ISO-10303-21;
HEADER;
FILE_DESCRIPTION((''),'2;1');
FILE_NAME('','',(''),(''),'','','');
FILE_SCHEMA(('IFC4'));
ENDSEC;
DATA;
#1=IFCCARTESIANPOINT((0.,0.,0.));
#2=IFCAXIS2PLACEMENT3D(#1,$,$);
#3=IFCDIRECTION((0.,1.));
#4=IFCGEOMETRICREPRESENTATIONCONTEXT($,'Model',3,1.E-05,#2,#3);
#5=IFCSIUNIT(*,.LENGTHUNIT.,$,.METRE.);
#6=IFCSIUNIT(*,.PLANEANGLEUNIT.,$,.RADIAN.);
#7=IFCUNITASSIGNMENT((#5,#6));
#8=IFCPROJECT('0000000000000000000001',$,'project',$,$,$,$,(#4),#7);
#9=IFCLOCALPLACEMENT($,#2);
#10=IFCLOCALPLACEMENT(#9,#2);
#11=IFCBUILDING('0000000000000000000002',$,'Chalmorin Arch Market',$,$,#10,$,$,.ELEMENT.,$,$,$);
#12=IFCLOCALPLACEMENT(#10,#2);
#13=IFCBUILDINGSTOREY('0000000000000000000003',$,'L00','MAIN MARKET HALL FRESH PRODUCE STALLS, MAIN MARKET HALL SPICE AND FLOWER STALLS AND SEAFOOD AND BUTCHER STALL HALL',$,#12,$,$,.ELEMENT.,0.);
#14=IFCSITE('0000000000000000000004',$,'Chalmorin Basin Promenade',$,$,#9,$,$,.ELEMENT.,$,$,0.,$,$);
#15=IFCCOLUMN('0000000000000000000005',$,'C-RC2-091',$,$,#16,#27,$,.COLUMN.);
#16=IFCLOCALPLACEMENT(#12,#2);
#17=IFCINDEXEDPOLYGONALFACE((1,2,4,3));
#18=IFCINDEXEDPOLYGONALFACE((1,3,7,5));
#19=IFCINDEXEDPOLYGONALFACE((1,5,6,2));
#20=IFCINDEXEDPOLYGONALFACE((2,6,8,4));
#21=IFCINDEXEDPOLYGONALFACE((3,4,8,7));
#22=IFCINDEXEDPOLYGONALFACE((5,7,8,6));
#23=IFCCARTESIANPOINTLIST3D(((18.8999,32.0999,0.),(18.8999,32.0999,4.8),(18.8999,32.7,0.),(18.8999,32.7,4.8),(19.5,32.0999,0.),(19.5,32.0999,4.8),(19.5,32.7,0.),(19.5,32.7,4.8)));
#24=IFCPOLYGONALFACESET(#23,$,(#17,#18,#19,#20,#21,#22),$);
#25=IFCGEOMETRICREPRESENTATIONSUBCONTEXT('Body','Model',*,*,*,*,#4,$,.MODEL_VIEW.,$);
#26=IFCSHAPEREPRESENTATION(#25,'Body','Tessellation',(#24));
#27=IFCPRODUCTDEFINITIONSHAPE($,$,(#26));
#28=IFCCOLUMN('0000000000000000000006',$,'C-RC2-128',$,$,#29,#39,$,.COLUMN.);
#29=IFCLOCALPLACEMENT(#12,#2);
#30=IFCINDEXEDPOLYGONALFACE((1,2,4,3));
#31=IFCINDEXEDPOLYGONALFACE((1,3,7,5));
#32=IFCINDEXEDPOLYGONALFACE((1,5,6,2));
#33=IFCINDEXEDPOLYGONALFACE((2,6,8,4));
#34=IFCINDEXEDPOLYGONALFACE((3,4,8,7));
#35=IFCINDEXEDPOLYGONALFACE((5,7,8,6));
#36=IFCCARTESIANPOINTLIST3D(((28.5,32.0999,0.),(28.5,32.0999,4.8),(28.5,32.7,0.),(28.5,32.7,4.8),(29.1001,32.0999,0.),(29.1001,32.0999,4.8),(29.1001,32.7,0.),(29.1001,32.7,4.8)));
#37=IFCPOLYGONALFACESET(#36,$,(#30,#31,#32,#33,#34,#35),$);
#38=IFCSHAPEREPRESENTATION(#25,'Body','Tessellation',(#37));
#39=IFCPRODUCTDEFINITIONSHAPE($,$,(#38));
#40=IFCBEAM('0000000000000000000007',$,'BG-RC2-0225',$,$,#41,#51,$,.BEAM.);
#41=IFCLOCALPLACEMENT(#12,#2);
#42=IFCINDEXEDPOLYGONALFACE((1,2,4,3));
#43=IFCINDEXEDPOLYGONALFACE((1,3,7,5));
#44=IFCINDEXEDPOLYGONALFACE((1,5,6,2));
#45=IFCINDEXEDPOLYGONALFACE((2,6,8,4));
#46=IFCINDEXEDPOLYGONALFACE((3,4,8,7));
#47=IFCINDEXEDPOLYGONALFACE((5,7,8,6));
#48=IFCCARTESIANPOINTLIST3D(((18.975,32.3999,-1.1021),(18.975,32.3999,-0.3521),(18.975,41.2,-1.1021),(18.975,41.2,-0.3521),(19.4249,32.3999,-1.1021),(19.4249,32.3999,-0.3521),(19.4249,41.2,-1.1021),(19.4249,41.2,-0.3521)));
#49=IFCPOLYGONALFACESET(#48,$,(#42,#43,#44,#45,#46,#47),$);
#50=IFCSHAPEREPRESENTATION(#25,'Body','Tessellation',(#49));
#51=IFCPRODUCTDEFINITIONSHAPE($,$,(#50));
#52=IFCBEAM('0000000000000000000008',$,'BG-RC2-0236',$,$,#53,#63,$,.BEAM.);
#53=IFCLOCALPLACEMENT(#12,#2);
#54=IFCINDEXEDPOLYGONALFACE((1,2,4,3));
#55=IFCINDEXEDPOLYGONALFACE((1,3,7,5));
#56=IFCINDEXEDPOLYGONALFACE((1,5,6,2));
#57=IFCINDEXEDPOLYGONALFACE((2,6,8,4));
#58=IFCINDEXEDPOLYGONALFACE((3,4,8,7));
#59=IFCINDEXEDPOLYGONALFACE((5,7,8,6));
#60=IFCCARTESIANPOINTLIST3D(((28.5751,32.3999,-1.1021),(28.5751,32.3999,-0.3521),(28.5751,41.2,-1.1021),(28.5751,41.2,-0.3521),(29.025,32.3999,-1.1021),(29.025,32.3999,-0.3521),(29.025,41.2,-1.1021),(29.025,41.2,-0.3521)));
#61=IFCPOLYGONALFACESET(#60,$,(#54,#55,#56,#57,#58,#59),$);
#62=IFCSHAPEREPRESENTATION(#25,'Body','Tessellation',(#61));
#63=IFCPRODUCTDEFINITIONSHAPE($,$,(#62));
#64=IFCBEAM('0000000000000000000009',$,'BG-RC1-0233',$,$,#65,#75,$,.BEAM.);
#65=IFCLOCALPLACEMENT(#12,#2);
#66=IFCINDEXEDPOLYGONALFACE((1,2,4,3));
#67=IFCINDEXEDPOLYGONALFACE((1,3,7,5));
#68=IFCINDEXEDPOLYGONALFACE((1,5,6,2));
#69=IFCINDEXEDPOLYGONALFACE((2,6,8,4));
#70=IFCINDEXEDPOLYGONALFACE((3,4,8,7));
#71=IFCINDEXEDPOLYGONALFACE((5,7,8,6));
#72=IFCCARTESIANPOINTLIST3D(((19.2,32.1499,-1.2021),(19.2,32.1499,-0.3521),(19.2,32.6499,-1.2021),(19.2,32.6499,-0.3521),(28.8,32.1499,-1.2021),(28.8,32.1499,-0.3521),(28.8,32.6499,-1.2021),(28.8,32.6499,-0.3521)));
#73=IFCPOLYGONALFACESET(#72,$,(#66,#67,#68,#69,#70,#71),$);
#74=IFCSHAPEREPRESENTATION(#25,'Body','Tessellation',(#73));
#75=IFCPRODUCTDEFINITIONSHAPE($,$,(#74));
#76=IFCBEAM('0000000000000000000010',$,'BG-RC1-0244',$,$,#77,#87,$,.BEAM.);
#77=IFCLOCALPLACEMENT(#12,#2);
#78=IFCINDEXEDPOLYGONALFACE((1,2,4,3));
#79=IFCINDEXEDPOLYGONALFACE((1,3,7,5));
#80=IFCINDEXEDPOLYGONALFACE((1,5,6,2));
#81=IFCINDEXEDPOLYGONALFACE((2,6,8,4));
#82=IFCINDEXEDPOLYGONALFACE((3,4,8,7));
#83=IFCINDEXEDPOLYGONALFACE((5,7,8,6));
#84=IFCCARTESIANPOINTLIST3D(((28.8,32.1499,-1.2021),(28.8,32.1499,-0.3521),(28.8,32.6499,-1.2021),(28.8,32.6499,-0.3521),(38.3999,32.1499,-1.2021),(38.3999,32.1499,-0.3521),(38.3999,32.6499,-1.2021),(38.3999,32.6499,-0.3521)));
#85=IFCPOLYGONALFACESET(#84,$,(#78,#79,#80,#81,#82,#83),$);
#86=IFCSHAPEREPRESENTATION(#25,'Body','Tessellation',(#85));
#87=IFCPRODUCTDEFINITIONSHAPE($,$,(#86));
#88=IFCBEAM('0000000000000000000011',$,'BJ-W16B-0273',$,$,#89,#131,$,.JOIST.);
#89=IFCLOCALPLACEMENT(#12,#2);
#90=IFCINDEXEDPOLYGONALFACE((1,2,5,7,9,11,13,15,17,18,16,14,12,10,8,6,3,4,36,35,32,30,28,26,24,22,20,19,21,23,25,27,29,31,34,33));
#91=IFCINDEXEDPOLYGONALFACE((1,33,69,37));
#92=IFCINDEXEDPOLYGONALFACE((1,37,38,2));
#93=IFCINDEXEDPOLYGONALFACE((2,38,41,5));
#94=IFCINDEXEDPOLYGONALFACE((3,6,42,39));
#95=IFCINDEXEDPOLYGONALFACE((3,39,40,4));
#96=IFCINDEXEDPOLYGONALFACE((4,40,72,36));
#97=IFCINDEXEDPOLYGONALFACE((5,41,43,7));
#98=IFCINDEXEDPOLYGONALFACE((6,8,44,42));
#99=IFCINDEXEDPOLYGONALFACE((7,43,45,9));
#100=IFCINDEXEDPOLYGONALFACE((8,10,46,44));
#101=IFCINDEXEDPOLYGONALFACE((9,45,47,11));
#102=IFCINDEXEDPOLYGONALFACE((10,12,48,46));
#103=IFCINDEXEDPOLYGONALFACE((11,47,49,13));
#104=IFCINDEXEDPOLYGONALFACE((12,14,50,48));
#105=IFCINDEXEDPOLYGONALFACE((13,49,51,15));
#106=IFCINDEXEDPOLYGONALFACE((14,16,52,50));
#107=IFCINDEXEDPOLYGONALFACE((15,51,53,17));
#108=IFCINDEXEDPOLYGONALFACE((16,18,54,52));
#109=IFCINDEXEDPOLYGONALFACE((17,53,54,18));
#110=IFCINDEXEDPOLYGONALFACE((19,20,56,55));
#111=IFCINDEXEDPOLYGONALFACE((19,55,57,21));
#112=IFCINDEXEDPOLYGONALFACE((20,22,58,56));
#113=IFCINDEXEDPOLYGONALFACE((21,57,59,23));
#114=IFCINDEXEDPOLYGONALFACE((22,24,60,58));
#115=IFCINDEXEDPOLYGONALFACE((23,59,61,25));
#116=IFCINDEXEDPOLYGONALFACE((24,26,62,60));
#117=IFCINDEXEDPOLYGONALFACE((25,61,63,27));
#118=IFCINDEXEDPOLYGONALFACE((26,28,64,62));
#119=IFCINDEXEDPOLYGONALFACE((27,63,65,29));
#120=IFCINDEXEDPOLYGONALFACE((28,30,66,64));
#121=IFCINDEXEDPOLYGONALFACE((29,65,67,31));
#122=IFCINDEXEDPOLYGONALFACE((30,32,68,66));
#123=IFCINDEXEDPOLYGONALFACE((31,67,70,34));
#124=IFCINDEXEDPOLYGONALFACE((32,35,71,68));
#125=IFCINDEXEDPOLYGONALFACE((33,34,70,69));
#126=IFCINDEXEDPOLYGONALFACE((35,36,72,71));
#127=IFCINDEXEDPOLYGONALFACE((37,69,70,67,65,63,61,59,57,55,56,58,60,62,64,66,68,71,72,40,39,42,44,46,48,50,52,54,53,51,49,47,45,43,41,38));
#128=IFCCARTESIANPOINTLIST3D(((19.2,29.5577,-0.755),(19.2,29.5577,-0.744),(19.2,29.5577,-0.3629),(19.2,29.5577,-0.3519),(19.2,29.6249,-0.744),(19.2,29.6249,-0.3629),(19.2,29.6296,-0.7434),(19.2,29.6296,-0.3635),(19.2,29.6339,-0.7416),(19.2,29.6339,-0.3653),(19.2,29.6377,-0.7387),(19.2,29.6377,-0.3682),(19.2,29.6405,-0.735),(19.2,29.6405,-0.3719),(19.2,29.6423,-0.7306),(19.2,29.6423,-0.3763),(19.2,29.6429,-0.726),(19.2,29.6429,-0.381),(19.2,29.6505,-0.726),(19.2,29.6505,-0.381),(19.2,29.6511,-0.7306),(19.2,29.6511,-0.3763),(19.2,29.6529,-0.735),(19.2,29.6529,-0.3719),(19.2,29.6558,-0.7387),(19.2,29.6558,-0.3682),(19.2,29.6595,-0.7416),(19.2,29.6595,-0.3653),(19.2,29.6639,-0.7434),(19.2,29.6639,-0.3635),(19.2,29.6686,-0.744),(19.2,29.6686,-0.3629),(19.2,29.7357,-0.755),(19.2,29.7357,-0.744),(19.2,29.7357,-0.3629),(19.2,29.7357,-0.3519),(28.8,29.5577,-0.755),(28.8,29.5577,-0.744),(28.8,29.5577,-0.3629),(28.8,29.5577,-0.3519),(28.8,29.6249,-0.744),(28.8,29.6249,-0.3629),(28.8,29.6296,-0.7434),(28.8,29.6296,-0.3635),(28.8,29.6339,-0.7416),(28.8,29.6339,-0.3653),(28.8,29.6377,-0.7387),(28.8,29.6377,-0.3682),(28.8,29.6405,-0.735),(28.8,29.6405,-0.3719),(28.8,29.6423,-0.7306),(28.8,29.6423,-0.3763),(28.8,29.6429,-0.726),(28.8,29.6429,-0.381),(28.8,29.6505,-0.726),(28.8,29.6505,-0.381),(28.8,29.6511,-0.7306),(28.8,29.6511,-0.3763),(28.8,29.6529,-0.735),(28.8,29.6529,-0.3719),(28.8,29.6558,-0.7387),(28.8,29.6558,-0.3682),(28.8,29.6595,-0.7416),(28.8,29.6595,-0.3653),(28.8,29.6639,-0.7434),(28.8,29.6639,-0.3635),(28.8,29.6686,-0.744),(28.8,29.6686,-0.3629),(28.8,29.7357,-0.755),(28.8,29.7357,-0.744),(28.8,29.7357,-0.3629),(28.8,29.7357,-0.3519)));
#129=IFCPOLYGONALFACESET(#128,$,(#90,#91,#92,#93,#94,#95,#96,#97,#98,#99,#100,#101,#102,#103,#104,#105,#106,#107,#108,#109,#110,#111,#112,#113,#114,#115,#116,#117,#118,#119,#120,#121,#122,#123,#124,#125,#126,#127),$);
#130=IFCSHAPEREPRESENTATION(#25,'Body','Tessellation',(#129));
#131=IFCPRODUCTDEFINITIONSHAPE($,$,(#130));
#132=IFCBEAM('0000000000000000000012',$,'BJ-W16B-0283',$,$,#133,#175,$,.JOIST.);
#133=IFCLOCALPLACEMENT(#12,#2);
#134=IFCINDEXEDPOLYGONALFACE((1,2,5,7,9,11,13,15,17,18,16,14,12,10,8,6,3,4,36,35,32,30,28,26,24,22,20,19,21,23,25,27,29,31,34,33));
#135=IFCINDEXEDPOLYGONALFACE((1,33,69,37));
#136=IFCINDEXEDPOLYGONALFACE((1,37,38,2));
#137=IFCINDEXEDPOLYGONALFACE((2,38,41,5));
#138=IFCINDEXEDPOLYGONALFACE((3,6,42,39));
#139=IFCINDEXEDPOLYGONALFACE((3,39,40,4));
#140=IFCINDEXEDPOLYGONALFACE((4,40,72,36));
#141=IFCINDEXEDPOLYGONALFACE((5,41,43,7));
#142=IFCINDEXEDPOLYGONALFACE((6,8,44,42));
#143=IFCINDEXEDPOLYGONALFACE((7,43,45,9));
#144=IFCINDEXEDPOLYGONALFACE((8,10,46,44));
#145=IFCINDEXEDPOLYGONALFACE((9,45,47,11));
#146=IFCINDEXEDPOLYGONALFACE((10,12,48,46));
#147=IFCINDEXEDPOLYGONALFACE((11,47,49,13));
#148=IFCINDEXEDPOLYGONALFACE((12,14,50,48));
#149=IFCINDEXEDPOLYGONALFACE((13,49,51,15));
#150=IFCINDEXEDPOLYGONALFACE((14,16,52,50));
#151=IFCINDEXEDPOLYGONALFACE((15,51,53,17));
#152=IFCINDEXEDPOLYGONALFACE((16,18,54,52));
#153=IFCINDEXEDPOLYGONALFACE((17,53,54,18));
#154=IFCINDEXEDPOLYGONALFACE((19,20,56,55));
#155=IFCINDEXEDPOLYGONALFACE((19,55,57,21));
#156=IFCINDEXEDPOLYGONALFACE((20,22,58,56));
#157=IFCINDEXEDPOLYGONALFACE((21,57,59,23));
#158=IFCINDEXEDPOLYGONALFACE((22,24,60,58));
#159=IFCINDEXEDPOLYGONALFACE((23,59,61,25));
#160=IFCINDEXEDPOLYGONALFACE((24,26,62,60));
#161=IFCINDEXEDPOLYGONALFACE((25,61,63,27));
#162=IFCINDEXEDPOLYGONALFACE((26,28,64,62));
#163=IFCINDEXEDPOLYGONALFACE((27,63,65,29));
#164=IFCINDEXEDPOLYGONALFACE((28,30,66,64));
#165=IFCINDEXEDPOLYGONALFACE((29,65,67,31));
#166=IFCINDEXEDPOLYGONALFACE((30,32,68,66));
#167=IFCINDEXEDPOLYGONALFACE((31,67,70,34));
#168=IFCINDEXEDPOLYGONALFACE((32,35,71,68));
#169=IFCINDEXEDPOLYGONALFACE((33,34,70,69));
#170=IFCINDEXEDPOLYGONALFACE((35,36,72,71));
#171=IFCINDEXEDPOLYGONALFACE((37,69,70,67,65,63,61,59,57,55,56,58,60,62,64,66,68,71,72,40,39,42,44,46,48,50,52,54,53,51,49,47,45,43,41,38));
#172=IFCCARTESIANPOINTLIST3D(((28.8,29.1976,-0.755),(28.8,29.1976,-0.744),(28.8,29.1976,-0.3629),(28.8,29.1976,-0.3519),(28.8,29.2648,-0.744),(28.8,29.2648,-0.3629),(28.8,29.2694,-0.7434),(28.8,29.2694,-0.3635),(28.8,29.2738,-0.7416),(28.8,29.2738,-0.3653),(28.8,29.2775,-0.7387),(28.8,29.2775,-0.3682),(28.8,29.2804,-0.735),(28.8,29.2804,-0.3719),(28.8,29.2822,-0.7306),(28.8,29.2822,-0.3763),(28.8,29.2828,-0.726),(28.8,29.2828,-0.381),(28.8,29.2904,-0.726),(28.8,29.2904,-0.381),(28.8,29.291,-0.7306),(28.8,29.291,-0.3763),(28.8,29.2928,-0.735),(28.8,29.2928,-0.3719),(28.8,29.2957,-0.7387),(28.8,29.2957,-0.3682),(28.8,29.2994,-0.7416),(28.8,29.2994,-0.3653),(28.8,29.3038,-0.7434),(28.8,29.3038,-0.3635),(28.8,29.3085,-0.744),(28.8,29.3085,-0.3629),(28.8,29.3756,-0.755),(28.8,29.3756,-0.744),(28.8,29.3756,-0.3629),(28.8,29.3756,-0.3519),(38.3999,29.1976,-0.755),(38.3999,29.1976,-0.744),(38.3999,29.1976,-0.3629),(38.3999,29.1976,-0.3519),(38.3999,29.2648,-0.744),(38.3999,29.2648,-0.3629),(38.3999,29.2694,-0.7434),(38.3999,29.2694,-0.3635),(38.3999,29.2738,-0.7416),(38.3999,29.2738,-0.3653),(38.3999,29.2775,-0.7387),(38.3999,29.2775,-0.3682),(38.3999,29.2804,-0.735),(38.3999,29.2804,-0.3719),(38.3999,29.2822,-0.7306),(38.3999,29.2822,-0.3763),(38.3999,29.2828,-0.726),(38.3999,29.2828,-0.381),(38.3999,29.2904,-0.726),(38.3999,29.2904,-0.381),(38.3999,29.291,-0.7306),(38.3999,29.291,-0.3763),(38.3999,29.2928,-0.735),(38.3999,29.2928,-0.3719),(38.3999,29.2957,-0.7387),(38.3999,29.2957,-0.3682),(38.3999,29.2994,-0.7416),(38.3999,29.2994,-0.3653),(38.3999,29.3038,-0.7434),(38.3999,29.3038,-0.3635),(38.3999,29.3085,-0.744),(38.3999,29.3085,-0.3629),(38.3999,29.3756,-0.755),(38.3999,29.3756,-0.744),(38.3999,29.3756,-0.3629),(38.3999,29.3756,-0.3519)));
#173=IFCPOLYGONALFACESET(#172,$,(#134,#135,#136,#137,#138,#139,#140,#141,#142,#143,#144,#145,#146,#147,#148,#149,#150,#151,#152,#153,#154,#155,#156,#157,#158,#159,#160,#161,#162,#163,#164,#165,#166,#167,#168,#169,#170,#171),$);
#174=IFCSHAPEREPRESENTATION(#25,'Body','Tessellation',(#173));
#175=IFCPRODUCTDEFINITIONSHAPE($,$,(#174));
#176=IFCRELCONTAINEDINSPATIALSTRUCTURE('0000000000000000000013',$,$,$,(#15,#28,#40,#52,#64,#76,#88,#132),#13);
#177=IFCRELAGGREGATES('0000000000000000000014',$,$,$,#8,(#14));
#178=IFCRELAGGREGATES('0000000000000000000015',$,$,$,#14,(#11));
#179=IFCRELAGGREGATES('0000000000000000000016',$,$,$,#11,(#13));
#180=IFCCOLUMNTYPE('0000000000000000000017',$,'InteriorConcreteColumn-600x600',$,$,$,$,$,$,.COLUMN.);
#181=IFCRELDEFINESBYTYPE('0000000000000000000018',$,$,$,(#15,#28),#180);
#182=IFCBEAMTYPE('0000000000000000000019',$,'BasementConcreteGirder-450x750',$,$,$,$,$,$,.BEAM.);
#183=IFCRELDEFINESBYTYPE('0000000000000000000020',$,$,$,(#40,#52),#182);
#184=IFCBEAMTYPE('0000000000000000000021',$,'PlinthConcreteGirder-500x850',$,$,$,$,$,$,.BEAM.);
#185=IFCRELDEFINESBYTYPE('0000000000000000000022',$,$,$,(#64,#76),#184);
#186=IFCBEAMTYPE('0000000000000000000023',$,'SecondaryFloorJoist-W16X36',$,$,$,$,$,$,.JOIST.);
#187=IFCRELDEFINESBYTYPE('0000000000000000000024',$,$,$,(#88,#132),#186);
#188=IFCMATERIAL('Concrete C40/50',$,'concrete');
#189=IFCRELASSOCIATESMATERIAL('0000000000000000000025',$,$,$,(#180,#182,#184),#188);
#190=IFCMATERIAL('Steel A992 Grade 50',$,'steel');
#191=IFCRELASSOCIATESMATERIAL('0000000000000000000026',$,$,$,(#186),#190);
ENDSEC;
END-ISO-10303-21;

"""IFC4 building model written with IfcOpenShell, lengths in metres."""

from ifc_helpers import new_model, si_unit, direction, frame, origin, origin_2d, place, context, subcontext, project, spatial, rectangle, i_section, extrude, material, material_profile, profile_set, type_object, element, save


model = new_model("IFC4")

# Units and contexts
model_context = context("Model", 3, precision=1e-05, world=origin(), true_north=direction((0.0, 1.0)))
body_context = subcontext(model_context, "Body", "Model", "MODEL_VIEW")
ifc_project = project(units=[si_unit("LENGTHUNIT", "METRE"), si_unit("PLANEANGLEUNIT", "RADIAN")], contexts=[model_context])

# Site, building, storey
site_placement = place(None, origin())
site = spatial("IfcSite", under=ifc_project, at=site_placement, Name="Chalmorin Basin Promenade", CompositionType="ELEMENT", RefElevation=0.0)
building_placement = place(site_placement, origin())
building = spatial("IfcBuilding", under=site, at=building_placement, Name="Chalmorin Arch Market", CompositionType="ELEMENT")
storey_placement = place(building_placement, origin())
storey = spatial("IfcBuildingStorey", under=building, at=storey_placement, Name="L00", Description="MAIN MARKET HALL FRESH PRODUCE STALLS, MAIN MARKET HALL SPICE AND FLOWER STALLS AND SEAFOOD AND BUTCHER STALL HALL", CompositionType="ELEMENT", Elevation=0.0)

# Columns
ifc_material_1 = material(Name="Concrete C40/50", Category="concrete")
ifc_material_profile_1 = material_profile(ifc_material_1, rectangle(XDim=0.6001, YDim=0.6001, at=origin_2d()), Name="RC600X600")
ifc_profile_set_1 = profile_set([ifc_material_profile_1], Name="Concrete C40/50")
column_type = type_object("IfcColumnType", Name="InteriorConcreteColumn-600x600", PredefinedType="COLUMN", material=ifc_profile_set_1)
for number, where, z_axis, x_axis, name in (
    (1, (19.2, 32.3999, 0.0), (0.0, 0.0, 1.0), (1.0, 0.0, 0.0), "C-RC2-091"),
    (2, (28.8, 32.3999, 0.0), (0.0, 0.0, 1.0), (1.0, 0.0, 0.0), "C-RC2-128"),
):
    element("IfcColumn", number, at=place(storey_placement, frame(where, z_axis=z_axis, x_axis=x_axis)), inside=storey, type_object=column_type, Name=name, PredefinedType="COLUMN", context=body_context, shape_type="SweptSolid", body=[
        extrude(rectangle(XDim=0.6001, YDim=0.6001, at=origin_2d()), origin(), (0.0, 0.0, 1.0), 4.8),
    ])

# Beams
ifc_material_profile_2 = material_profile(ifc_material_1, rectangle(XDim=0.45, YDim=0.75, at=origin_2d()), Name="RC450X750")
ifc_profile_set_2 = profile_set([ifc_material_profile_2], Name="Concrete C40/50")
beam_type_1 = type_object("IfcBeamType", Name="BasementConcreteGirder-450x750", PredefinedType="BEAM", material=ifc_profile_set_2)
for number, where, z_axis, x_axis, name in (
    (3, (19.2, 32.3999, -0.7271), (0.0, 1.0, 0.0), (-1.0, 0.0, 0.0), "BG-RC2-0225"),
    (4, (28.8, 32.3999, -0.7271), (0.0, 1.0, 0.0), (-1.0, 0.0, 0.0), "BG-RC2-0236"),
):
    element("IfcBeam", number, at=place(storey_placement, frame(where, z_axis=z_axis, x_axis=x_axis)), inside=storey, type_object=beam_type_1, Name=name, PredefinedType="BEAM", context=body_context, shape_type="SweptSolid", body=[
        extrude(rectangle(XDim=0.45, YDim=0.75, at=origin_2d()), origin(), (0.0, 0.0, 1.0), 8.8),
    ])
ifc_material_profile_3 = material_profile(ifc_material_1, rectangle(XDim=0.5, YDim=0.8501, at=origin_2d()), Name="RC500X850")
ifc_profile_set_3 = profile_set([ifc_material_profile_3], Name="Concrete C40/50")
beam_type_2 = type_object("IfcBeamType", Name="PlinthConcreteGirder-500x850", PredefinedType="BEAM", material=ifc_profile_set_3)
beam_1_placement = place(storey_placement, frame((19.2, 32.3999, -0.7771), z_axis=(1.0, 0.0, 0.0), x_axis=(0.0, 1.0, 0.0)))
element("IfcBeam", 5, at=beam_1_placement, inside=storey, type_object=beam_type_2, Name="BG-RC1-0233", PredefinedType="BEAM", context=body_context, shape_type="SweptSolid", body=[
    extrude(rectangle(XDim=0.5, YDim=0.8501, at=origin_2d()), origin(), (0.0, 0.0, 1.0), 9.6001),
])
beam_2_placement = place(storey_placement, frame((28.8, 32.3999, -0.7771), z_axis=(1.0, 0.0, 0.0), x_axis=(0.0, 1.0, 0.0)))
element("IfcBeam", 6, at=beam_2_placement, inside=storey, type_object=beam_type_2, Name="BG-RC1-0244", PredefinedType="BEAM", context=body_context, shape_type="SweptSolid", body=[
    extrude(rectangle(XDim=0.5, YDim=0.8501, at=origin_2d()), origin(), (0.0, 0.0, 1.0), 9.5999),
])
ifc_material_2 = material(Name="Steel A992 Grade 50", Category="steel")
ifc_material_profile_4 = material_profile(ifc_material_2, i_section(OverallWidth=0.178, OverallDepth=0.4031, WebThickness=0.0076, FlangeThickness=0.011, FilletRadius=0.0181, at=origin_2d()), Name="W16X36")
ifc_profile_set_4 = profile_set([ifc_material_profile_4], Name="Steel A992 Grade 50")
beam_type_3 = type_object("IfcBeamType", Name="SecondaryFloorJoist-W16X36", PredefinedType="JOIST", material=ifc_profile_set_4)
beam_3_placement = place(storey_placement, frame((19.2, 29.6467, -0.5535), z_axis=(1.0, 0.0, 0.0), x_axis=(0.0, 1.0, 0.0)))
element("IfcBeam", 7, at=beam_3_placement, inside=storey, type_object=beam_type_3, Name="BJ-W16B-0273", PredefinedType="JOIST", context=body_context, shape_type="SweptSolid", body=[
    extrude(i_section(OverallWidth=0.178, OverallDepth=0.4031, WebThickness=0.0076, FlangeThickness=0.011, FilletRadius=0.0181, at=origin_2d()), origin(), (0.0, 0.0, 1.0), 9.6001),
])
for number, where, z_axis, x_axis, name in (
    (8, (28.8, 29.2866, -0.5535), (1.0, 0.0, 0.0), (0.0, 1.0, 0.0), "BJ-W16B-0283"),
):
    element("IfcBeam", number, at=place(storey_placement, frame(where, z_axis=z_axis, x_axis=x_axis)), inside=storey, type_object=beam_type_3, Name=name, PredefinedType="JOIST", context=body_context, shape_type="SweptSolid", body=[
        extrude(i_section(OverallWidth=0.178, OverallDepth=0.4031, WebThickness=0.0076, FlangeThickness=0.011, FilletRadius=0.0181, at=origin_2d()), origin(), (0.0, 0.0, 1.0), 9.5999),
    ])

save(model, "model.ifc")
